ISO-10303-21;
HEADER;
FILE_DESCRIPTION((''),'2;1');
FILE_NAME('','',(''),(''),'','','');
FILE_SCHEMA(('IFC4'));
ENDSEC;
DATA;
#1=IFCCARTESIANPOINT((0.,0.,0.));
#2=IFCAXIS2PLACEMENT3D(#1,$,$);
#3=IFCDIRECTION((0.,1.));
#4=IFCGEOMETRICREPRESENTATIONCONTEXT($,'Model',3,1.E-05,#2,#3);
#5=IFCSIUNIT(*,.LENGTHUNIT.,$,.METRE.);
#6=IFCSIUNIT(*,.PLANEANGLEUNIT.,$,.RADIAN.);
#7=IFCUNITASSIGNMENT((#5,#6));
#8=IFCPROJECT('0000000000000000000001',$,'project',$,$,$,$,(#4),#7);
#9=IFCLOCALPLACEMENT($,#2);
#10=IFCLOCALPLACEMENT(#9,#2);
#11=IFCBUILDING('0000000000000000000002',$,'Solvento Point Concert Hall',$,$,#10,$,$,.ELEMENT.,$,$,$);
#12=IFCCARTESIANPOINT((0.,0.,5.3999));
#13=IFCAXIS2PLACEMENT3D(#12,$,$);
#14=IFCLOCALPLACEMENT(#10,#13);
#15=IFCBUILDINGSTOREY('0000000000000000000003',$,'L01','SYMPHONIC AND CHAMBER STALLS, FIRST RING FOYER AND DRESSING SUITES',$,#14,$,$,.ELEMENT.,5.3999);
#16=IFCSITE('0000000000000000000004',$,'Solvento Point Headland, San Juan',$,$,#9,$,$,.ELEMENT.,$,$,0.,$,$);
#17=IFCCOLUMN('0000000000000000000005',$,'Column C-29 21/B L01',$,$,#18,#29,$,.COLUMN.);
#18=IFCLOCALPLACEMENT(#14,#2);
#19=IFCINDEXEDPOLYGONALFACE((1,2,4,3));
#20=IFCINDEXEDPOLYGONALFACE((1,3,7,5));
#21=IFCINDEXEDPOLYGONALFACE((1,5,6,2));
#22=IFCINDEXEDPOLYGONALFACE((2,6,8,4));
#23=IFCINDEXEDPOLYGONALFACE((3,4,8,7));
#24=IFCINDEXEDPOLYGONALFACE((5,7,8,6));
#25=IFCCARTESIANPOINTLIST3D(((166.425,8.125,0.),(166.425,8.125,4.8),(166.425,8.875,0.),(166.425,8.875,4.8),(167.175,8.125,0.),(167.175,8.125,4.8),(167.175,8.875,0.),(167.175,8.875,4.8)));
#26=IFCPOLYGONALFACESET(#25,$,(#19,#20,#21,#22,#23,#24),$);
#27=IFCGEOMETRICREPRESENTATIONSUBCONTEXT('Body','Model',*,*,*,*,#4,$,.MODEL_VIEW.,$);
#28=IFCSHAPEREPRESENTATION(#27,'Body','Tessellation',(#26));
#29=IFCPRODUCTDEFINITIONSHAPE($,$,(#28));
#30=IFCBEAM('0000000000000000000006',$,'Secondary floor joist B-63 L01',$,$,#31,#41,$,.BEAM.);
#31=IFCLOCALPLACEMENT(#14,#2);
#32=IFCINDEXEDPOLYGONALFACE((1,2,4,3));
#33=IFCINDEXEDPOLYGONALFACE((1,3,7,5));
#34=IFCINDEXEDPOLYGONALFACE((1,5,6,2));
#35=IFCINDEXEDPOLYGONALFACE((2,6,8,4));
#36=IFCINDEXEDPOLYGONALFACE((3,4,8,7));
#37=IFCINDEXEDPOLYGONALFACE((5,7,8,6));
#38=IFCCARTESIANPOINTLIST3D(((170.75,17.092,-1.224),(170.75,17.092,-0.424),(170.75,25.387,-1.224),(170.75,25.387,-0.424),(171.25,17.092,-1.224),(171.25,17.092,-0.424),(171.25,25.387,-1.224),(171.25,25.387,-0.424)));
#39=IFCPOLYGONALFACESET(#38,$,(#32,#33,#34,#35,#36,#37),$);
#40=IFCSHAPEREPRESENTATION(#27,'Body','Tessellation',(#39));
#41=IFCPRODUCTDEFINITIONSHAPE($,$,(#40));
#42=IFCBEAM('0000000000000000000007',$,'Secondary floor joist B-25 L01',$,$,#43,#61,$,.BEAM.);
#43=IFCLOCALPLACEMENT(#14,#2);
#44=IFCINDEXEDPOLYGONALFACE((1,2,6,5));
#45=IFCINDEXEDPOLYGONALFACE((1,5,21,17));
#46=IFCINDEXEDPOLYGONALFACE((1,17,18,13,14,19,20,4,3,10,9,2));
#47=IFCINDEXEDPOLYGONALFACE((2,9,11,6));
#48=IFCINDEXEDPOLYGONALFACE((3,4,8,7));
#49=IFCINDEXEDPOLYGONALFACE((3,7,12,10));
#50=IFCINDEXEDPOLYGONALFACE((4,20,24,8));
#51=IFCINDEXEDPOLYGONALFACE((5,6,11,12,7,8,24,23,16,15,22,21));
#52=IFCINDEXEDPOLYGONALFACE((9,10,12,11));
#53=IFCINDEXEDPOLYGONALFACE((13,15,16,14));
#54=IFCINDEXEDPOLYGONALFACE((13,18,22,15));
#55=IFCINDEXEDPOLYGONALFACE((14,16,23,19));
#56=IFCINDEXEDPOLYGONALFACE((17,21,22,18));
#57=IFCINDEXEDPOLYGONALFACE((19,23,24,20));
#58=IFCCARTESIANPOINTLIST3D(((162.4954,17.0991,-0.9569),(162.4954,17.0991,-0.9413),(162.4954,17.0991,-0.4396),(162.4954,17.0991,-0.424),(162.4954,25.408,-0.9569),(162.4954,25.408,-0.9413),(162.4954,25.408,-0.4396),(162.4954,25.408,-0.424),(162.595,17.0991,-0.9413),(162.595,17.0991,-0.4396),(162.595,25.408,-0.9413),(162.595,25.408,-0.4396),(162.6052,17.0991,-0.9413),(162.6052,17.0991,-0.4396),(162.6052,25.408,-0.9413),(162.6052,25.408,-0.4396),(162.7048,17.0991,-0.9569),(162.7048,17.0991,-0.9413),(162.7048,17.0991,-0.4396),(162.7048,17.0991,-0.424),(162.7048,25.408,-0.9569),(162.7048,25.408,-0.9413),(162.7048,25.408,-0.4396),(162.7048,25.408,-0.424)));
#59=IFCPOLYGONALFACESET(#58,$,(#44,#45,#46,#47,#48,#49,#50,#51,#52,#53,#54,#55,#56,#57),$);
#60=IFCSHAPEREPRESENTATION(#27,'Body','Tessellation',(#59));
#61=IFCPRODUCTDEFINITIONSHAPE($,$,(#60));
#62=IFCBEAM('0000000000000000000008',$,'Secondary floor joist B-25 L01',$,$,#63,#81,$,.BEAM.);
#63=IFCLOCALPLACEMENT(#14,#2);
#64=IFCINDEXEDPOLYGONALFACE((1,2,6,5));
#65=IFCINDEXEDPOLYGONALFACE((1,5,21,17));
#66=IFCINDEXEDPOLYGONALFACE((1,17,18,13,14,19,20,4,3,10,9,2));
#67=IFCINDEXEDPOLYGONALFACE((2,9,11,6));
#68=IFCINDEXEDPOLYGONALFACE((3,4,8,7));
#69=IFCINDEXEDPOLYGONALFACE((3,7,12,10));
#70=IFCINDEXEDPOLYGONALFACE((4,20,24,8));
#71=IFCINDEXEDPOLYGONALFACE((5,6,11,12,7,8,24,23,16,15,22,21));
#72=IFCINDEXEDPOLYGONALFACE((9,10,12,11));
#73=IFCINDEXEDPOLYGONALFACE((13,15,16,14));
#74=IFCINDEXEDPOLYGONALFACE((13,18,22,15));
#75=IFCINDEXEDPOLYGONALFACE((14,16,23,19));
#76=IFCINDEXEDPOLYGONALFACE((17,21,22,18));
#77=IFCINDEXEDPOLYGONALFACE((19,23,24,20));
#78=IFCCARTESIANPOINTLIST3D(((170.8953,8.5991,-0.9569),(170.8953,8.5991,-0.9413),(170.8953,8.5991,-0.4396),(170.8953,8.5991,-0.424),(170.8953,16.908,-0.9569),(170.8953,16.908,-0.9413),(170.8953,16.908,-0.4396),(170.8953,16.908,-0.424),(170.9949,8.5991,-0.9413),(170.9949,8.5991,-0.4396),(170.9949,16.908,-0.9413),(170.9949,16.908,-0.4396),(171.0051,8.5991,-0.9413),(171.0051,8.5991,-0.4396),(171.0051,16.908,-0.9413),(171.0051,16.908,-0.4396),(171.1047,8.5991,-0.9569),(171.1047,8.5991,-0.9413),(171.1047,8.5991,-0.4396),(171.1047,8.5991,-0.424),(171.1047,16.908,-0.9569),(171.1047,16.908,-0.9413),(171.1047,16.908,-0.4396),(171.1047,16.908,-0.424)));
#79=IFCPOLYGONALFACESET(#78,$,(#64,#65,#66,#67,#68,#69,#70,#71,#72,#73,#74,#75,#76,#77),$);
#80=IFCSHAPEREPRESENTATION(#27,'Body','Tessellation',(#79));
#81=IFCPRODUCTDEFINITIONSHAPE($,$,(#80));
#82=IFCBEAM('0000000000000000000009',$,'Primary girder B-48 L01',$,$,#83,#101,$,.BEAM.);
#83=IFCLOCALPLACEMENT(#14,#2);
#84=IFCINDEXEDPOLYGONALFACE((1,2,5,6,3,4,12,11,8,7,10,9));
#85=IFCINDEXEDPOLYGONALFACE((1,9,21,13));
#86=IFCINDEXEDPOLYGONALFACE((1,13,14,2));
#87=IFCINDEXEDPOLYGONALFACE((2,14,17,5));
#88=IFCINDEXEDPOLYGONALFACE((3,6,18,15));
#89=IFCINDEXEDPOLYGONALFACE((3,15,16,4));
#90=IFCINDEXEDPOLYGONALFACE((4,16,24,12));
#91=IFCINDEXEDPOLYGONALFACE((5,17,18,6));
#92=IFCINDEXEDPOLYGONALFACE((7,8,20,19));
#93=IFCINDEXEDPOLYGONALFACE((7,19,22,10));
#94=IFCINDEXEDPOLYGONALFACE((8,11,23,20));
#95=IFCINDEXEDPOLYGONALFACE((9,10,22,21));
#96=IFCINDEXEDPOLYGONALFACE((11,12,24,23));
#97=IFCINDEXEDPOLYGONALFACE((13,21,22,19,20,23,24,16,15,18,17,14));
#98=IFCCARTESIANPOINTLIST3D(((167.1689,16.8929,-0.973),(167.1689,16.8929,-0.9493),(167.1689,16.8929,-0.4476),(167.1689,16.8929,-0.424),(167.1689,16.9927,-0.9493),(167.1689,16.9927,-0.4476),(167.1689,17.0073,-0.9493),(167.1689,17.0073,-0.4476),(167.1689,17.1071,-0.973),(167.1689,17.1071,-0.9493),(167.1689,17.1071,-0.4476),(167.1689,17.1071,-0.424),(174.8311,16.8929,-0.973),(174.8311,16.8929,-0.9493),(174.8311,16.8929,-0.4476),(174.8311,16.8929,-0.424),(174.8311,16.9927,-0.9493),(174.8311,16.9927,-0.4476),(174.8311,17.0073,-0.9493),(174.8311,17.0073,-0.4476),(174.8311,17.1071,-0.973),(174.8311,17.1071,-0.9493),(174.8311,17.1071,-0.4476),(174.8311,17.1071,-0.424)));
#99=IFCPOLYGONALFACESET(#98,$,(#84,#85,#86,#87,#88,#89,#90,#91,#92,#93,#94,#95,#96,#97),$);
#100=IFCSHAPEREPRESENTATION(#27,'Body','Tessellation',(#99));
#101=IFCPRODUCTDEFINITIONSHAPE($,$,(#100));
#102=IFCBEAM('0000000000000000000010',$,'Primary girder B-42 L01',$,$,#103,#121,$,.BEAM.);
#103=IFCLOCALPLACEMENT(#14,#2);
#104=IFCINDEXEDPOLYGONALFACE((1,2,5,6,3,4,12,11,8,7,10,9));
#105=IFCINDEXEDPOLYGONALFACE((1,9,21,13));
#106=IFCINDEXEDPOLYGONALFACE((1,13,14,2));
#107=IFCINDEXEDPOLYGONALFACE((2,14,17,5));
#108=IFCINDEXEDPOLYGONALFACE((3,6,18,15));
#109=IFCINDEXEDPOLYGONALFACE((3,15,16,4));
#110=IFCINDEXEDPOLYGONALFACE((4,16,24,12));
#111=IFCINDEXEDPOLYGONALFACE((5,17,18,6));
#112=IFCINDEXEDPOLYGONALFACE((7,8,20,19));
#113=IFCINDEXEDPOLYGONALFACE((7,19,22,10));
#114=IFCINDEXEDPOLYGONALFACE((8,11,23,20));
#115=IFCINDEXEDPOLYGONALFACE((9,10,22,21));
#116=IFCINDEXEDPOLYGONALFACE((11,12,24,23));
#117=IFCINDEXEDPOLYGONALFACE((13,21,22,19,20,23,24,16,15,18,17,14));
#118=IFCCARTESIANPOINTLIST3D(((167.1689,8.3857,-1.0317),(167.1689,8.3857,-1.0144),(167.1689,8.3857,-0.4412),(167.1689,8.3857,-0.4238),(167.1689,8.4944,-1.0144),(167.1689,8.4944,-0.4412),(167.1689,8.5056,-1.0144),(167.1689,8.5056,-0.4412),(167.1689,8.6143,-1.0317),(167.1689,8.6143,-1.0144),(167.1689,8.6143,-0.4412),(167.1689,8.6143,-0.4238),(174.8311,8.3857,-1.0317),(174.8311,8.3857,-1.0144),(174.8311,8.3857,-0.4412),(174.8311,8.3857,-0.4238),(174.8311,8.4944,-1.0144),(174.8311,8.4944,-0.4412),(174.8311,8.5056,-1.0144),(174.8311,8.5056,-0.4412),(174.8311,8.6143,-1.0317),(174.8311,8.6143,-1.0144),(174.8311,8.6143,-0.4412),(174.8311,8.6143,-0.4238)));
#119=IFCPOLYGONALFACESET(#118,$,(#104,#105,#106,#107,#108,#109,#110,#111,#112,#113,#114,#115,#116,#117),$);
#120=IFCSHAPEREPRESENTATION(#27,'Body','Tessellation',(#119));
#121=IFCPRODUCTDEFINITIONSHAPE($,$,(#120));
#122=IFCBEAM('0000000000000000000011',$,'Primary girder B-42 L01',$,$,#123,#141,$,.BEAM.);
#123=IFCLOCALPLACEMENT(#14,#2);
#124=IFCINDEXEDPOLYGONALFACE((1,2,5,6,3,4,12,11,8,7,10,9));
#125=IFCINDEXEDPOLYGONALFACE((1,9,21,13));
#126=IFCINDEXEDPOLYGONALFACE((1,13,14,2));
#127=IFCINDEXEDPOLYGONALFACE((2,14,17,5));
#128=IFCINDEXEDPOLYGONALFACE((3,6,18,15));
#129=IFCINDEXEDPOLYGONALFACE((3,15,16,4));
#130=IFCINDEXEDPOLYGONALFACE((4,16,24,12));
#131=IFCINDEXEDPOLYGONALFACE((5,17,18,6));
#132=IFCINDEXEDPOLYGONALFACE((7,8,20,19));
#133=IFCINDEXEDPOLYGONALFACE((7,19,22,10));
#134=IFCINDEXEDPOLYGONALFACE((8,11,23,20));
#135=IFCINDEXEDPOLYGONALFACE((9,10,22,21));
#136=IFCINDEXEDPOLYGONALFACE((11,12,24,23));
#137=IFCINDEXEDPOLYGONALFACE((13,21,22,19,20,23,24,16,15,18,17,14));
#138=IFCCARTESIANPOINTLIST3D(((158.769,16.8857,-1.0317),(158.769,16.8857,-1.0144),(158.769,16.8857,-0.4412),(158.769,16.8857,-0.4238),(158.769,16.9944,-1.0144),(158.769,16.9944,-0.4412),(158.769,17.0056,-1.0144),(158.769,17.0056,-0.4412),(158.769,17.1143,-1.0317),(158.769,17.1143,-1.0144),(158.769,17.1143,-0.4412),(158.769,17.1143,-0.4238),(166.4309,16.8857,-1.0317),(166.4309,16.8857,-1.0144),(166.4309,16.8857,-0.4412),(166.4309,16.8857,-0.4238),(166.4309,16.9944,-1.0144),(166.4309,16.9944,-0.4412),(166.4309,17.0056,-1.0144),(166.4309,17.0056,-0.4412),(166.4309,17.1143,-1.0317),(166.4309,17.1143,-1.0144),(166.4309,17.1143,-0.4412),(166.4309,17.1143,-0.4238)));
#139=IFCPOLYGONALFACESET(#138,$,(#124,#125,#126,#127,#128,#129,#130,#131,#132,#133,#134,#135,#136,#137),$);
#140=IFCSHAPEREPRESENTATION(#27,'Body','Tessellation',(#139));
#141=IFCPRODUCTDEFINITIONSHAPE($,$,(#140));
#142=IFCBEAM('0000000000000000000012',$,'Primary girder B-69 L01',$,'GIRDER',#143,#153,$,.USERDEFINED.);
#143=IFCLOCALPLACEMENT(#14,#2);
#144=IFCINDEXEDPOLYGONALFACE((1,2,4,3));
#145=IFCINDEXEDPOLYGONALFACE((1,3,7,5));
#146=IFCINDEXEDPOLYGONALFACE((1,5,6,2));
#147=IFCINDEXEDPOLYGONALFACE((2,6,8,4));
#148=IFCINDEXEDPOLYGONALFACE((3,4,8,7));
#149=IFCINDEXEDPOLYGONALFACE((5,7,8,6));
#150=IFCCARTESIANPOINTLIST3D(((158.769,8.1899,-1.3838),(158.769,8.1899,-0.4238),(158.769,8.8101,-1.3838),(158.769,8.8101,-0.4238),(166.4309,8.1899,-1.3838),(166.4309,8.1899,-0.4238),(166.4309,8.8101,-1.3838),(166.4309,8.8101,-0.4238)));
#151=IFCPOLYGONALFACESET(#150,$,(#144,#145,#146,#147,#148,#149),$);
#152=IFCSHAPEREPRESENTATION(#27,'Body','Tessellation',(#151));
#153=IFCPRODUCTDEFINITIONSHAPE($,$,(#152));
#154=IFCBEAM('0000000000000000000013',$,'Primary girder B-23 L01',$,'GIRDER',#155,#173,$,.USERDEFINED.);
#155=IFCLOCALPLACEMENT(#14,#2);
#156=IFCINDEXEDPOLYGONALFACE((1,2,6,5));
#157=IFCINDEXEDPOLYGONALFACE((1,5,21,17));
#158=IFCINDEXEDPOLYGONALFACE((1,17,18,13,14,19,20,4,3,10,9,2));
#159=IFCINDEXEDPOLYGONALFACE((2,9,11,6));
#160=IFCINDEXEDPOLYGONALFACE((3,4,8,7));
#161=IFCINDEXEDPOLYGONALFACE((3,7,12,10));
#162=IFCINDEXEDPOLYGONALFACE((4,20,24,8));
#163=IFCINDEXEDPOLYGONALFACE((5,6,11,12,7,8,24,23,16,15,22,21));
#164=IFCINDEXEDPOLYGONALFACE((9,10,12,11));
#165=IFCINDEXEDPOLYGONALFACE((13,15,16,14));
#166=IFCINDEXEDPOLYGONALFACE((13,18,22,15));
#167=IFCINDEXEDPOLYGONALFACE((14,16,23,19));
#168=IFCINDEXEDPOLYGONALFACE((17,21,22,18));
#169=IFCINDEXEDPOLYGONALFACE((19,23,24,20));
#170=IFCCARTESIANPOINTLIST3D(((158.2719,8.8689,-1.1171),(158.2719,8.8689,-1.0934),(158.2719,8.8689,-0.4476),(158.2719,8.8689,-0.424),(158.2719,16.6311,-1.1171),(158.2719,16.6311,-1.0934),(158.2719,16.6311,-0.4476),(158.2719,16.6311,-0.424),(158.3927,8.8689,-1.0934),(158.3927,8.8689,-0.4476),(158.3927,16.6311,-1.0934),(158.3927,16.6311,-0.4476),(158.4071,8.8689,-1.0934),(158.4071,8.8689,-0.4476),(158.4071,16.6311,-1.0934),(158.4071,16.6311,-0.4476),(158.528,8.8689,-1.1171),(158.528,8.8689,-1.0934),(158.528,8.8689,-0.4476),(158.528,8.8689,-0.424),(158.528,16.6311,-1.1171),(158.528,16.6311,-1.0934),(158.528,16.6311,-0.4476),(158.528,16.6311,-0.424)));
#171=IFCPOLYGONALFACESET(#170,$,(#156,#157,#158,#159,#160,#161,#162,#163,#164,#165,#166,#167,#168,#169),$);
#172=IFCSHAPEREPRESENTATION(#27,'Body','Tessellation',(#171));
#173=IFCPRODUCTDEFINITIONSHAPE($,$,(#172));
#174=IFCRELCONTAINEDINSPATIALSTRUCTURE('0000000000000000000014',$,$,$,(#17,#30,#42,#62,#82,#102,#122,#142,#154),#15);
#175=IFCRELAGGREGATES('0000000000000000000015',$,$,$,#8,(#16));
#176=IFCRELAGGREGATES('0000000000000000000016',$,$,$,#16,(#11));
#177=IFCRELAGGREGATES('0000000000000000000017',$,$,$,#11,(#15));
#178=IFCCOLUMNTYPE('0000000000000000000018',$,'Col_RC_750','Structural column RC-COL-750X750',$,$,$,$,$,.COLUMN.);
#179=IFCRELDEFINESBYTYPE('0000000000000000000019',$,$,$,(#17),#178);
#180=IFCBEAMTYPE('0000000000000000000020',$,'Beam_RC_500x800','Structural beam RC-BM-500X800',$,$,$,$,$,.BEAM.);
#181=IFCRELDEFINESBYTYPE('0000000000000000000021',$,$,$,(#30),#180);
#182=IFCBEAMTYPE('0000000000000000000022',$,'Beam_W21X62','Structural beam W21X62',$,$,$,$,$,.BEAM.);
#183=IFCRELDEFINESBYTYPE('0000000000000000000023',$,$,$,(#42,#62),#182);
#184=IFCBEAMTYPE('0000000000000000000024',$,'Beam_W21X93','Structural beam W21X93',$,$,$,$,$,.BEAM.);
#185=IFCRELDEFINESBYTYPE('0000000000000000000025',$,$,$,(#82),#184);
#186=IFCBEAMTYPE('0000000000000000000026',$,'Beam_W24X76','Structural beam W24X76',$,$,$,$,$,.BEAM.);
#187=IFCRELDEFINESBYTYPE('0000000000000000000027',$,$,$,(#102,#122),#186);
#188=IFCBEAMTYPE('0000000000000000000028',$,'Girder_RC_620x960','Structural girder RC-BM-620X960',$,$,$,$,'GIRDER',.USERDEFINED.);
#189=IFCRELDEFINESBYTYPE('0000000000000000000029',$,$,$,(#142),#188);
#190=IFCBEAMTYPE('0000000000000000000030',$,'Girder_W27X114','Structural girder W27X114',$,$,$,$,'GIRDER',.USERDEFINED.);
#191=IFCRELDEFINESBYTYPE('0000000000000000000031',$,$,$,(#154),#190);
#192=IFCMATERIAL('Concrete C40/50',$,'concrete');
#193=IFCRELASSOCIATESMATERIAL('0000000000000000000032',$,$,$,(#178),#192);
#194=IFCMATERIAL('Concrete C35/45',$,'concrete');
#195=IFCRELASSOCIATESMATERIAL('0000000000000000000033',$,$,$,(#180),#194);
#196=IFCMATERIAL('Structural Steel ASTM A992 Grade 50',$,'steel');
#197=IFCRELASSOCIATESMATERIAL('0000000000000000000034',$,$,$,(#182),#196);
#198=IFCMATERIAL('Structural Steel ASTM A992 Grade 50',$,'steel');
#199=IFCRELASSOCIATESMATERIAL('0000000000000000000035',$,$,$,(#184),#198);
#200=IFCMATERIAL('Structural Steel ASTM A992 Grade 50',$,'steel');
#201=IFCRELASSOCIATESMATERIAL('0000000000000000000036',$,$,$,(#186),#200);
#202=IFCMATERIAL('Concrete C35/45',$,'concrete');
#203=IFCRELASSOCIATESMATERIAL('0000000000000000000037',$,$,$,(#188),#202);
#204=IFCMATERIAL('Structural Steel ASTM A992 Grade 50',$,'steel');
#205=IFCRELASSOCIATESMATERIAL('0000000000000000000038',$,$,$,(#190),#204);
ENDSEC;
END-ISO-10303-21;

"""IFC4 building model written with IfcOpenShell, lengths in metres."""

from ifc_helpers import new_model, si_unit, direction, frame, origin, origin_2d, place, context, subcontext, project, spatial, rectangle, i_section, extrude, material, material_profile, profile_set, type_object, element, save


model = new_model("IFC4")

# Units and contexts
model_context = context("Model", 3, precision=1e-05, world=origin(), true_north=direction((0.0, 1.0)))
body_context = subcontext(model_context, "Body", "Model", "MODEL_VIEW")
ifc_project = project(units=[si_unit("LENGTHUNIT", "METRE"), si_unit("PLANEANGLEUNIT", "RADIAN")], contexts=[model_context])

# Site, building, storey
site_placement = place(None, origin())
site = spatial("IfcSite", under=ifc_project, at=site_placement, Name="Solvento Point Headland, San Juan", CompositionType="ELEMENT", RefElevation=0.0)
building_placement = place(site_placement, origin())
building = spatial("IfcBuilding", under=site, at=building_placement, Name="Solvento Point Concert Hall", CompositionType="ELEMENT")
storey_placement = place(building_placement, frame((0.0, 0.0, 5.3999)))
storey = spatial("IfcBuildingStorey", under=building, at=storey_placement, Name="L01", Description="SYMPHONIC AND CHAMBER STALLS, FIRST RING FOYER AND DRESSING SUITES", CompositionType="ELEMENT", Elevation=5.3999)

# Column
ifc_material_1 = material(Name="Concrete C40/50", Category="concrete")
ifc_material_profile_1 = material_profile(ifc_material_1, rectangle(XDim=0.75, YDim=0.75, at=origin_2d()), Name="RC-COL-750X750")
ifc_profile_set_1 = profile_set([ifc_material_profile_1], Name="Concrete C40/50")
column_type = type_object("IfcColumnType", Name="Col_RC_750", Description="Structural column RC-COL-750X750", PredefinedType="COLUMN", material=ifc_profile_set_1)
column_placement = place(storey_placement, frame((166.8, 8.5, 0.0), z_axis=(0.0, 0.0, 1.0), x_axis=(1.0, 0.0, 0.0)))
element("IfcColumn", 1, at=column_placement, inside=storey, type_object=column_type, Name="Column C-29 21/B L01", PredefinedType="COLUMN", context=body_context, shape_type="SweptSolid", body=[
    extrude(rectangle(XDim=0.75, YDim=0.75, at=origin_2d()), origin(), (0.0, 0.0, 1.0), 4.8),
])

# Beams
ifc_material_2 = material(Name="Concrete C35/45", Category="concrete")
ifc_material_profile_2 = material_profile(ifc_material_2, rectangle(XDim=0.5, YDim=0.8, at=origin_2d()), Name="RC-BM-500X800")
ifc_profile_set_2 = profile_set([ifc_material_profile_2], Name="Concrete C35/45")
beam_type_1 = type_object("IfcBeamType", Name="Beam_RC_500x800", Description="Structural beam RC-BM-500X800", PredefinedType="BEAM", material=ifc_profile_set_2)
beam_1_placement = place(storey_placement, frame((171.0, 17.092, -0.824), z_axis=(0.0, 1.0, 0.0), x_axis=(-1.0, 0.0, 0.0)))
element("IfcBeam", 2, at=beam_1_placement, inside=storey, type_object=beam_type_1, Name="Secondary floor joist B-63 L01", PredefinedType="BEAM", context=body_context, shape_type="SweptSolid", body=[
    extrude(rectangle(XDim=0.5, YDim=0.8, at=origin_2d()), origin(), (0.0, 0.0, 1.0), 8.2949),
])
ifc_material_3 = material(Name="Structural Steel ASTM A992 Grade 50", Category="steel")
ifc_material_profile_3 = material_profile(ifc_material_3, i_section(OverallWidth=0.2095, OverallDepth=0.533, WebThickness=0.0103, FlangeThickness=0.0156, at=origin_2d()), Name="W21X62")
ifc_profile_set_3 = profile_set([ifc_material_profile_3], Name="Structural Steel ASTM A992 Grade 50")
beam_type_2 = type_object("IfcBeamType", Name="Beam_W21X62", Description="Structural beam W21X62", PredefinedType="BEAM", material=ifc_profile_set_3)
for number, where, z_axis, x_axis, name in (
    (3, (162.6001, 17.0991, -0.6904), (0.0, 1.0, 0.0), (-1.0, 0.0, 0.0), "Secondary floor joist B-25 L01"),
    (4, (171.0, 8.5991, -0.6904), (0.0, 1.0, 0.0), (-1.0, 0.0, 0.0), "Secondary floor joist B-25 L01"),
):
    element("IfcBeam", number, at=place(storey_placement, frame(where, z_axis=z_axis, x_axis=x_axis)), inside=storey, type_object=beam_type_2, Name=name, PredefinedType="BEAM", context=body_context, shape_type="SweptSolid", body=[
        extrude(i_section(OverallWidth=0.2095, OverallDepth=0.533, WebThickness=0.0103, FlangeThickness=0.0156, at=origin_2d()), origin(), (0.0, 0.0, 1.0), 8.3088),
    ])
ifc_material_4 = material(Name="Structural Steel ASTM A992 Grade 50", Category="steel")
ifc_material_profile_4 = material_profile(ifc_material_4, i_section(OverallWidth=0.2141, OverallDepth=0.5491, WebThickness=0.0146, FlangeThickness=0.0237, at=origin_2d()), Name="W21X93")
ifc_profile_set_4 = profile_set([ifc_material_profile_4], Name="Structural Steel ASTM A992 Grade 50")
beam_type_3 = type_object("IfcBeamType", Name="Beam_W21X93", Description="Structural beam W21X93", PredefinedType="BEAM", material=ifc_profile_set_4)
beam_2_placement = place(storey_placement, frame((167.1689, 17.0, -0.6985), z_axis=(1.0, 0.0, 0.0), x_axis=(0.0, 1.0, 0.0)))
element("IfcBeam", 5, at=beam_2_placement, inside=storey, type_object=beam_type_3, Name="Primary girder B-48 L01", PredefinedType="BEAM", context=body_context, shape_type="SweptSolid", body=[
    extrude(i_section(OverallWidth=0.2141, OverallDepth=0.5491, WebThickness=0.0146, FlangeThickness=0.0237, at=origin_2d()), origin(), (0.0, 0.0, 1.0), 7.6621),
])
ifc_material_5 = material(Name="Structural Steel ASTM A992 Grade 50", Category="steel")
ifc_material_profile_5 = material_profile(ifc_material_5, i_section(OverallWidth=0.2285, OverallDepth=0.6079, WebThickness=0.0112, FlangeThickness=0.0173, at=origin_2d()), Name="W24X76")
ifc_profile_set_5 = profile_set([ifc_material_profile_5], Name="Structural Steel ASTM A992 Grade 50")
beam_type_4 = type_object("IfcBeamType", Name="Beam_W24X76", Description="Structural beam W24X76", PredefinedType="BEAM", material=ifc_profile_set_5)
beam_3_placement = place(storey_placement, frame((167.1689, 8.5, -0.7278), z_axis=(1.0, 0.0, 0.0), x_axis=(0.0, 1.0, 0.0)))
element("IfcBeam", 6, at=beam_3_placement, inside=storey, type_object=beam_type_4, Name="Primary girder B-42 L01", PredefinedType="BEAM", context=body_context, shape_type="SweptSolid", body=[
    extrude(i_section(OverallWidth=0.2285, OverallDepth=0.6079, WebThickness=0.0112, FlangeThickness=0.0173, at=origin_2d()), origin(), (0.0, 0.0, 1.0), 7.6621),
])
beam_4_placement = place(storey_placement, frame((158.769, 17.0, -0.7278), z_axis=(1.0, 0.0, 0.0), x_axis=(0.0, 1.0, 0.0)))
element("IfcBeam", 7, at=beam_4_placement, inside=storey, type_object=beam_type_4, Name="Primary girder B-42 L01", PredefinedType="BEAM", context=body_context, shape_type="SweptSolid", body=[
    extrude(i_section(OverallWidth=0.2285, OverallDepth=0.6079, WebThickness=0.0112, FlangeThickness=0.0173, at=origin_2d()), origin(), (0.0, 0.0, 1.0), 7.6619),
])
ifc_material_6 = material(Name="Concrete C35/45", Category="concrete")
ifc_material_profile_6 = material_profile(ifc_material_6, rectangle(XDim=0.6201, YDim=0.96, at=origin_2d()), Name="RC-BM-620X960")
ifc_profile_set_6 = profile_set([ifc_material_profile_6], Name="Concrete C35/45")
beam_type_5 = type_object("IfcBeamType", Name="Girder_RC_620x960", Description="Structural girder RC-BM-620X960", ElementType="GIRDER", PredefinedType="USERDEFINED", material=ifc_profile_set_6)
beam_5_placement = place(storey_placement, frame((158.769, 8.5, -0.9038), z_axis=(1.0, 0.0, 0.0), x_axis=(0.0, 1.0, 0.0)))
element("IfcBeam", 8, at=beam_5_placement, inside=storey, type_object=beam_type_5, Name="Primary girder B-69 L01", ObjectType="GIRDER", PredefinedType="USERDEFINED", context=body_context, shape_type="SweptSolid", body=[
    extrude(rectangle(XDim=0.6201, YDim=0.96, at=origin_2d()), origin(), (0.0, 0.0, 1.0), 7.6619),
])
ifc_material_7 = material(Name="Structural Steel ASTM A992 Grade 50", Category="steel")
ifc_material_profile_7 = material_profile(ifc_material_7, i_section(OverallWidth=0.2561, OverallDepth=0.6931, WebThickness=0.0144, FlangeThickness=0.0237, at=origin_2d()), Name="W27X114")
ifc_profile_set_7 = profile_set([ifc_material_profile_7], Name="Structural Steel ASTM A992 Grade 50")
beam_type_6 = type_object("IfcBeamType", Name="Girder_W27X114", Description="Structural girder W27X114", ElementType="GIRDER", PredefinedType="USERDEFINED", material=ifc_profile_set_7)
beam_6_placement = place(storey_placement, frame((158.3999, 8.8689, -0.7705), z_axis=(0.0, 1.0, 0.0), x_axis=(-1.0, 0.0, 0.0)))
element("IfcBeam", 9, at=beam_6_placement, inside=storey, type_object=beam_type_6, Name="Primary girder B-23 L01", ObjectType="GIRDER", PredefinedType="USERDEFINED", context=body_context, shape_type="SweptSolid", body=[
    extrude(i_section(OverallWidth=0.2561, OverallDepth=0.6931, WebThickness=0.0144, FlangeThickness=0.0237, at=origin_2d()), origin(), (0.0, 0.0, 1.0), 7.7622),
])

save(model, "model.ifc")
